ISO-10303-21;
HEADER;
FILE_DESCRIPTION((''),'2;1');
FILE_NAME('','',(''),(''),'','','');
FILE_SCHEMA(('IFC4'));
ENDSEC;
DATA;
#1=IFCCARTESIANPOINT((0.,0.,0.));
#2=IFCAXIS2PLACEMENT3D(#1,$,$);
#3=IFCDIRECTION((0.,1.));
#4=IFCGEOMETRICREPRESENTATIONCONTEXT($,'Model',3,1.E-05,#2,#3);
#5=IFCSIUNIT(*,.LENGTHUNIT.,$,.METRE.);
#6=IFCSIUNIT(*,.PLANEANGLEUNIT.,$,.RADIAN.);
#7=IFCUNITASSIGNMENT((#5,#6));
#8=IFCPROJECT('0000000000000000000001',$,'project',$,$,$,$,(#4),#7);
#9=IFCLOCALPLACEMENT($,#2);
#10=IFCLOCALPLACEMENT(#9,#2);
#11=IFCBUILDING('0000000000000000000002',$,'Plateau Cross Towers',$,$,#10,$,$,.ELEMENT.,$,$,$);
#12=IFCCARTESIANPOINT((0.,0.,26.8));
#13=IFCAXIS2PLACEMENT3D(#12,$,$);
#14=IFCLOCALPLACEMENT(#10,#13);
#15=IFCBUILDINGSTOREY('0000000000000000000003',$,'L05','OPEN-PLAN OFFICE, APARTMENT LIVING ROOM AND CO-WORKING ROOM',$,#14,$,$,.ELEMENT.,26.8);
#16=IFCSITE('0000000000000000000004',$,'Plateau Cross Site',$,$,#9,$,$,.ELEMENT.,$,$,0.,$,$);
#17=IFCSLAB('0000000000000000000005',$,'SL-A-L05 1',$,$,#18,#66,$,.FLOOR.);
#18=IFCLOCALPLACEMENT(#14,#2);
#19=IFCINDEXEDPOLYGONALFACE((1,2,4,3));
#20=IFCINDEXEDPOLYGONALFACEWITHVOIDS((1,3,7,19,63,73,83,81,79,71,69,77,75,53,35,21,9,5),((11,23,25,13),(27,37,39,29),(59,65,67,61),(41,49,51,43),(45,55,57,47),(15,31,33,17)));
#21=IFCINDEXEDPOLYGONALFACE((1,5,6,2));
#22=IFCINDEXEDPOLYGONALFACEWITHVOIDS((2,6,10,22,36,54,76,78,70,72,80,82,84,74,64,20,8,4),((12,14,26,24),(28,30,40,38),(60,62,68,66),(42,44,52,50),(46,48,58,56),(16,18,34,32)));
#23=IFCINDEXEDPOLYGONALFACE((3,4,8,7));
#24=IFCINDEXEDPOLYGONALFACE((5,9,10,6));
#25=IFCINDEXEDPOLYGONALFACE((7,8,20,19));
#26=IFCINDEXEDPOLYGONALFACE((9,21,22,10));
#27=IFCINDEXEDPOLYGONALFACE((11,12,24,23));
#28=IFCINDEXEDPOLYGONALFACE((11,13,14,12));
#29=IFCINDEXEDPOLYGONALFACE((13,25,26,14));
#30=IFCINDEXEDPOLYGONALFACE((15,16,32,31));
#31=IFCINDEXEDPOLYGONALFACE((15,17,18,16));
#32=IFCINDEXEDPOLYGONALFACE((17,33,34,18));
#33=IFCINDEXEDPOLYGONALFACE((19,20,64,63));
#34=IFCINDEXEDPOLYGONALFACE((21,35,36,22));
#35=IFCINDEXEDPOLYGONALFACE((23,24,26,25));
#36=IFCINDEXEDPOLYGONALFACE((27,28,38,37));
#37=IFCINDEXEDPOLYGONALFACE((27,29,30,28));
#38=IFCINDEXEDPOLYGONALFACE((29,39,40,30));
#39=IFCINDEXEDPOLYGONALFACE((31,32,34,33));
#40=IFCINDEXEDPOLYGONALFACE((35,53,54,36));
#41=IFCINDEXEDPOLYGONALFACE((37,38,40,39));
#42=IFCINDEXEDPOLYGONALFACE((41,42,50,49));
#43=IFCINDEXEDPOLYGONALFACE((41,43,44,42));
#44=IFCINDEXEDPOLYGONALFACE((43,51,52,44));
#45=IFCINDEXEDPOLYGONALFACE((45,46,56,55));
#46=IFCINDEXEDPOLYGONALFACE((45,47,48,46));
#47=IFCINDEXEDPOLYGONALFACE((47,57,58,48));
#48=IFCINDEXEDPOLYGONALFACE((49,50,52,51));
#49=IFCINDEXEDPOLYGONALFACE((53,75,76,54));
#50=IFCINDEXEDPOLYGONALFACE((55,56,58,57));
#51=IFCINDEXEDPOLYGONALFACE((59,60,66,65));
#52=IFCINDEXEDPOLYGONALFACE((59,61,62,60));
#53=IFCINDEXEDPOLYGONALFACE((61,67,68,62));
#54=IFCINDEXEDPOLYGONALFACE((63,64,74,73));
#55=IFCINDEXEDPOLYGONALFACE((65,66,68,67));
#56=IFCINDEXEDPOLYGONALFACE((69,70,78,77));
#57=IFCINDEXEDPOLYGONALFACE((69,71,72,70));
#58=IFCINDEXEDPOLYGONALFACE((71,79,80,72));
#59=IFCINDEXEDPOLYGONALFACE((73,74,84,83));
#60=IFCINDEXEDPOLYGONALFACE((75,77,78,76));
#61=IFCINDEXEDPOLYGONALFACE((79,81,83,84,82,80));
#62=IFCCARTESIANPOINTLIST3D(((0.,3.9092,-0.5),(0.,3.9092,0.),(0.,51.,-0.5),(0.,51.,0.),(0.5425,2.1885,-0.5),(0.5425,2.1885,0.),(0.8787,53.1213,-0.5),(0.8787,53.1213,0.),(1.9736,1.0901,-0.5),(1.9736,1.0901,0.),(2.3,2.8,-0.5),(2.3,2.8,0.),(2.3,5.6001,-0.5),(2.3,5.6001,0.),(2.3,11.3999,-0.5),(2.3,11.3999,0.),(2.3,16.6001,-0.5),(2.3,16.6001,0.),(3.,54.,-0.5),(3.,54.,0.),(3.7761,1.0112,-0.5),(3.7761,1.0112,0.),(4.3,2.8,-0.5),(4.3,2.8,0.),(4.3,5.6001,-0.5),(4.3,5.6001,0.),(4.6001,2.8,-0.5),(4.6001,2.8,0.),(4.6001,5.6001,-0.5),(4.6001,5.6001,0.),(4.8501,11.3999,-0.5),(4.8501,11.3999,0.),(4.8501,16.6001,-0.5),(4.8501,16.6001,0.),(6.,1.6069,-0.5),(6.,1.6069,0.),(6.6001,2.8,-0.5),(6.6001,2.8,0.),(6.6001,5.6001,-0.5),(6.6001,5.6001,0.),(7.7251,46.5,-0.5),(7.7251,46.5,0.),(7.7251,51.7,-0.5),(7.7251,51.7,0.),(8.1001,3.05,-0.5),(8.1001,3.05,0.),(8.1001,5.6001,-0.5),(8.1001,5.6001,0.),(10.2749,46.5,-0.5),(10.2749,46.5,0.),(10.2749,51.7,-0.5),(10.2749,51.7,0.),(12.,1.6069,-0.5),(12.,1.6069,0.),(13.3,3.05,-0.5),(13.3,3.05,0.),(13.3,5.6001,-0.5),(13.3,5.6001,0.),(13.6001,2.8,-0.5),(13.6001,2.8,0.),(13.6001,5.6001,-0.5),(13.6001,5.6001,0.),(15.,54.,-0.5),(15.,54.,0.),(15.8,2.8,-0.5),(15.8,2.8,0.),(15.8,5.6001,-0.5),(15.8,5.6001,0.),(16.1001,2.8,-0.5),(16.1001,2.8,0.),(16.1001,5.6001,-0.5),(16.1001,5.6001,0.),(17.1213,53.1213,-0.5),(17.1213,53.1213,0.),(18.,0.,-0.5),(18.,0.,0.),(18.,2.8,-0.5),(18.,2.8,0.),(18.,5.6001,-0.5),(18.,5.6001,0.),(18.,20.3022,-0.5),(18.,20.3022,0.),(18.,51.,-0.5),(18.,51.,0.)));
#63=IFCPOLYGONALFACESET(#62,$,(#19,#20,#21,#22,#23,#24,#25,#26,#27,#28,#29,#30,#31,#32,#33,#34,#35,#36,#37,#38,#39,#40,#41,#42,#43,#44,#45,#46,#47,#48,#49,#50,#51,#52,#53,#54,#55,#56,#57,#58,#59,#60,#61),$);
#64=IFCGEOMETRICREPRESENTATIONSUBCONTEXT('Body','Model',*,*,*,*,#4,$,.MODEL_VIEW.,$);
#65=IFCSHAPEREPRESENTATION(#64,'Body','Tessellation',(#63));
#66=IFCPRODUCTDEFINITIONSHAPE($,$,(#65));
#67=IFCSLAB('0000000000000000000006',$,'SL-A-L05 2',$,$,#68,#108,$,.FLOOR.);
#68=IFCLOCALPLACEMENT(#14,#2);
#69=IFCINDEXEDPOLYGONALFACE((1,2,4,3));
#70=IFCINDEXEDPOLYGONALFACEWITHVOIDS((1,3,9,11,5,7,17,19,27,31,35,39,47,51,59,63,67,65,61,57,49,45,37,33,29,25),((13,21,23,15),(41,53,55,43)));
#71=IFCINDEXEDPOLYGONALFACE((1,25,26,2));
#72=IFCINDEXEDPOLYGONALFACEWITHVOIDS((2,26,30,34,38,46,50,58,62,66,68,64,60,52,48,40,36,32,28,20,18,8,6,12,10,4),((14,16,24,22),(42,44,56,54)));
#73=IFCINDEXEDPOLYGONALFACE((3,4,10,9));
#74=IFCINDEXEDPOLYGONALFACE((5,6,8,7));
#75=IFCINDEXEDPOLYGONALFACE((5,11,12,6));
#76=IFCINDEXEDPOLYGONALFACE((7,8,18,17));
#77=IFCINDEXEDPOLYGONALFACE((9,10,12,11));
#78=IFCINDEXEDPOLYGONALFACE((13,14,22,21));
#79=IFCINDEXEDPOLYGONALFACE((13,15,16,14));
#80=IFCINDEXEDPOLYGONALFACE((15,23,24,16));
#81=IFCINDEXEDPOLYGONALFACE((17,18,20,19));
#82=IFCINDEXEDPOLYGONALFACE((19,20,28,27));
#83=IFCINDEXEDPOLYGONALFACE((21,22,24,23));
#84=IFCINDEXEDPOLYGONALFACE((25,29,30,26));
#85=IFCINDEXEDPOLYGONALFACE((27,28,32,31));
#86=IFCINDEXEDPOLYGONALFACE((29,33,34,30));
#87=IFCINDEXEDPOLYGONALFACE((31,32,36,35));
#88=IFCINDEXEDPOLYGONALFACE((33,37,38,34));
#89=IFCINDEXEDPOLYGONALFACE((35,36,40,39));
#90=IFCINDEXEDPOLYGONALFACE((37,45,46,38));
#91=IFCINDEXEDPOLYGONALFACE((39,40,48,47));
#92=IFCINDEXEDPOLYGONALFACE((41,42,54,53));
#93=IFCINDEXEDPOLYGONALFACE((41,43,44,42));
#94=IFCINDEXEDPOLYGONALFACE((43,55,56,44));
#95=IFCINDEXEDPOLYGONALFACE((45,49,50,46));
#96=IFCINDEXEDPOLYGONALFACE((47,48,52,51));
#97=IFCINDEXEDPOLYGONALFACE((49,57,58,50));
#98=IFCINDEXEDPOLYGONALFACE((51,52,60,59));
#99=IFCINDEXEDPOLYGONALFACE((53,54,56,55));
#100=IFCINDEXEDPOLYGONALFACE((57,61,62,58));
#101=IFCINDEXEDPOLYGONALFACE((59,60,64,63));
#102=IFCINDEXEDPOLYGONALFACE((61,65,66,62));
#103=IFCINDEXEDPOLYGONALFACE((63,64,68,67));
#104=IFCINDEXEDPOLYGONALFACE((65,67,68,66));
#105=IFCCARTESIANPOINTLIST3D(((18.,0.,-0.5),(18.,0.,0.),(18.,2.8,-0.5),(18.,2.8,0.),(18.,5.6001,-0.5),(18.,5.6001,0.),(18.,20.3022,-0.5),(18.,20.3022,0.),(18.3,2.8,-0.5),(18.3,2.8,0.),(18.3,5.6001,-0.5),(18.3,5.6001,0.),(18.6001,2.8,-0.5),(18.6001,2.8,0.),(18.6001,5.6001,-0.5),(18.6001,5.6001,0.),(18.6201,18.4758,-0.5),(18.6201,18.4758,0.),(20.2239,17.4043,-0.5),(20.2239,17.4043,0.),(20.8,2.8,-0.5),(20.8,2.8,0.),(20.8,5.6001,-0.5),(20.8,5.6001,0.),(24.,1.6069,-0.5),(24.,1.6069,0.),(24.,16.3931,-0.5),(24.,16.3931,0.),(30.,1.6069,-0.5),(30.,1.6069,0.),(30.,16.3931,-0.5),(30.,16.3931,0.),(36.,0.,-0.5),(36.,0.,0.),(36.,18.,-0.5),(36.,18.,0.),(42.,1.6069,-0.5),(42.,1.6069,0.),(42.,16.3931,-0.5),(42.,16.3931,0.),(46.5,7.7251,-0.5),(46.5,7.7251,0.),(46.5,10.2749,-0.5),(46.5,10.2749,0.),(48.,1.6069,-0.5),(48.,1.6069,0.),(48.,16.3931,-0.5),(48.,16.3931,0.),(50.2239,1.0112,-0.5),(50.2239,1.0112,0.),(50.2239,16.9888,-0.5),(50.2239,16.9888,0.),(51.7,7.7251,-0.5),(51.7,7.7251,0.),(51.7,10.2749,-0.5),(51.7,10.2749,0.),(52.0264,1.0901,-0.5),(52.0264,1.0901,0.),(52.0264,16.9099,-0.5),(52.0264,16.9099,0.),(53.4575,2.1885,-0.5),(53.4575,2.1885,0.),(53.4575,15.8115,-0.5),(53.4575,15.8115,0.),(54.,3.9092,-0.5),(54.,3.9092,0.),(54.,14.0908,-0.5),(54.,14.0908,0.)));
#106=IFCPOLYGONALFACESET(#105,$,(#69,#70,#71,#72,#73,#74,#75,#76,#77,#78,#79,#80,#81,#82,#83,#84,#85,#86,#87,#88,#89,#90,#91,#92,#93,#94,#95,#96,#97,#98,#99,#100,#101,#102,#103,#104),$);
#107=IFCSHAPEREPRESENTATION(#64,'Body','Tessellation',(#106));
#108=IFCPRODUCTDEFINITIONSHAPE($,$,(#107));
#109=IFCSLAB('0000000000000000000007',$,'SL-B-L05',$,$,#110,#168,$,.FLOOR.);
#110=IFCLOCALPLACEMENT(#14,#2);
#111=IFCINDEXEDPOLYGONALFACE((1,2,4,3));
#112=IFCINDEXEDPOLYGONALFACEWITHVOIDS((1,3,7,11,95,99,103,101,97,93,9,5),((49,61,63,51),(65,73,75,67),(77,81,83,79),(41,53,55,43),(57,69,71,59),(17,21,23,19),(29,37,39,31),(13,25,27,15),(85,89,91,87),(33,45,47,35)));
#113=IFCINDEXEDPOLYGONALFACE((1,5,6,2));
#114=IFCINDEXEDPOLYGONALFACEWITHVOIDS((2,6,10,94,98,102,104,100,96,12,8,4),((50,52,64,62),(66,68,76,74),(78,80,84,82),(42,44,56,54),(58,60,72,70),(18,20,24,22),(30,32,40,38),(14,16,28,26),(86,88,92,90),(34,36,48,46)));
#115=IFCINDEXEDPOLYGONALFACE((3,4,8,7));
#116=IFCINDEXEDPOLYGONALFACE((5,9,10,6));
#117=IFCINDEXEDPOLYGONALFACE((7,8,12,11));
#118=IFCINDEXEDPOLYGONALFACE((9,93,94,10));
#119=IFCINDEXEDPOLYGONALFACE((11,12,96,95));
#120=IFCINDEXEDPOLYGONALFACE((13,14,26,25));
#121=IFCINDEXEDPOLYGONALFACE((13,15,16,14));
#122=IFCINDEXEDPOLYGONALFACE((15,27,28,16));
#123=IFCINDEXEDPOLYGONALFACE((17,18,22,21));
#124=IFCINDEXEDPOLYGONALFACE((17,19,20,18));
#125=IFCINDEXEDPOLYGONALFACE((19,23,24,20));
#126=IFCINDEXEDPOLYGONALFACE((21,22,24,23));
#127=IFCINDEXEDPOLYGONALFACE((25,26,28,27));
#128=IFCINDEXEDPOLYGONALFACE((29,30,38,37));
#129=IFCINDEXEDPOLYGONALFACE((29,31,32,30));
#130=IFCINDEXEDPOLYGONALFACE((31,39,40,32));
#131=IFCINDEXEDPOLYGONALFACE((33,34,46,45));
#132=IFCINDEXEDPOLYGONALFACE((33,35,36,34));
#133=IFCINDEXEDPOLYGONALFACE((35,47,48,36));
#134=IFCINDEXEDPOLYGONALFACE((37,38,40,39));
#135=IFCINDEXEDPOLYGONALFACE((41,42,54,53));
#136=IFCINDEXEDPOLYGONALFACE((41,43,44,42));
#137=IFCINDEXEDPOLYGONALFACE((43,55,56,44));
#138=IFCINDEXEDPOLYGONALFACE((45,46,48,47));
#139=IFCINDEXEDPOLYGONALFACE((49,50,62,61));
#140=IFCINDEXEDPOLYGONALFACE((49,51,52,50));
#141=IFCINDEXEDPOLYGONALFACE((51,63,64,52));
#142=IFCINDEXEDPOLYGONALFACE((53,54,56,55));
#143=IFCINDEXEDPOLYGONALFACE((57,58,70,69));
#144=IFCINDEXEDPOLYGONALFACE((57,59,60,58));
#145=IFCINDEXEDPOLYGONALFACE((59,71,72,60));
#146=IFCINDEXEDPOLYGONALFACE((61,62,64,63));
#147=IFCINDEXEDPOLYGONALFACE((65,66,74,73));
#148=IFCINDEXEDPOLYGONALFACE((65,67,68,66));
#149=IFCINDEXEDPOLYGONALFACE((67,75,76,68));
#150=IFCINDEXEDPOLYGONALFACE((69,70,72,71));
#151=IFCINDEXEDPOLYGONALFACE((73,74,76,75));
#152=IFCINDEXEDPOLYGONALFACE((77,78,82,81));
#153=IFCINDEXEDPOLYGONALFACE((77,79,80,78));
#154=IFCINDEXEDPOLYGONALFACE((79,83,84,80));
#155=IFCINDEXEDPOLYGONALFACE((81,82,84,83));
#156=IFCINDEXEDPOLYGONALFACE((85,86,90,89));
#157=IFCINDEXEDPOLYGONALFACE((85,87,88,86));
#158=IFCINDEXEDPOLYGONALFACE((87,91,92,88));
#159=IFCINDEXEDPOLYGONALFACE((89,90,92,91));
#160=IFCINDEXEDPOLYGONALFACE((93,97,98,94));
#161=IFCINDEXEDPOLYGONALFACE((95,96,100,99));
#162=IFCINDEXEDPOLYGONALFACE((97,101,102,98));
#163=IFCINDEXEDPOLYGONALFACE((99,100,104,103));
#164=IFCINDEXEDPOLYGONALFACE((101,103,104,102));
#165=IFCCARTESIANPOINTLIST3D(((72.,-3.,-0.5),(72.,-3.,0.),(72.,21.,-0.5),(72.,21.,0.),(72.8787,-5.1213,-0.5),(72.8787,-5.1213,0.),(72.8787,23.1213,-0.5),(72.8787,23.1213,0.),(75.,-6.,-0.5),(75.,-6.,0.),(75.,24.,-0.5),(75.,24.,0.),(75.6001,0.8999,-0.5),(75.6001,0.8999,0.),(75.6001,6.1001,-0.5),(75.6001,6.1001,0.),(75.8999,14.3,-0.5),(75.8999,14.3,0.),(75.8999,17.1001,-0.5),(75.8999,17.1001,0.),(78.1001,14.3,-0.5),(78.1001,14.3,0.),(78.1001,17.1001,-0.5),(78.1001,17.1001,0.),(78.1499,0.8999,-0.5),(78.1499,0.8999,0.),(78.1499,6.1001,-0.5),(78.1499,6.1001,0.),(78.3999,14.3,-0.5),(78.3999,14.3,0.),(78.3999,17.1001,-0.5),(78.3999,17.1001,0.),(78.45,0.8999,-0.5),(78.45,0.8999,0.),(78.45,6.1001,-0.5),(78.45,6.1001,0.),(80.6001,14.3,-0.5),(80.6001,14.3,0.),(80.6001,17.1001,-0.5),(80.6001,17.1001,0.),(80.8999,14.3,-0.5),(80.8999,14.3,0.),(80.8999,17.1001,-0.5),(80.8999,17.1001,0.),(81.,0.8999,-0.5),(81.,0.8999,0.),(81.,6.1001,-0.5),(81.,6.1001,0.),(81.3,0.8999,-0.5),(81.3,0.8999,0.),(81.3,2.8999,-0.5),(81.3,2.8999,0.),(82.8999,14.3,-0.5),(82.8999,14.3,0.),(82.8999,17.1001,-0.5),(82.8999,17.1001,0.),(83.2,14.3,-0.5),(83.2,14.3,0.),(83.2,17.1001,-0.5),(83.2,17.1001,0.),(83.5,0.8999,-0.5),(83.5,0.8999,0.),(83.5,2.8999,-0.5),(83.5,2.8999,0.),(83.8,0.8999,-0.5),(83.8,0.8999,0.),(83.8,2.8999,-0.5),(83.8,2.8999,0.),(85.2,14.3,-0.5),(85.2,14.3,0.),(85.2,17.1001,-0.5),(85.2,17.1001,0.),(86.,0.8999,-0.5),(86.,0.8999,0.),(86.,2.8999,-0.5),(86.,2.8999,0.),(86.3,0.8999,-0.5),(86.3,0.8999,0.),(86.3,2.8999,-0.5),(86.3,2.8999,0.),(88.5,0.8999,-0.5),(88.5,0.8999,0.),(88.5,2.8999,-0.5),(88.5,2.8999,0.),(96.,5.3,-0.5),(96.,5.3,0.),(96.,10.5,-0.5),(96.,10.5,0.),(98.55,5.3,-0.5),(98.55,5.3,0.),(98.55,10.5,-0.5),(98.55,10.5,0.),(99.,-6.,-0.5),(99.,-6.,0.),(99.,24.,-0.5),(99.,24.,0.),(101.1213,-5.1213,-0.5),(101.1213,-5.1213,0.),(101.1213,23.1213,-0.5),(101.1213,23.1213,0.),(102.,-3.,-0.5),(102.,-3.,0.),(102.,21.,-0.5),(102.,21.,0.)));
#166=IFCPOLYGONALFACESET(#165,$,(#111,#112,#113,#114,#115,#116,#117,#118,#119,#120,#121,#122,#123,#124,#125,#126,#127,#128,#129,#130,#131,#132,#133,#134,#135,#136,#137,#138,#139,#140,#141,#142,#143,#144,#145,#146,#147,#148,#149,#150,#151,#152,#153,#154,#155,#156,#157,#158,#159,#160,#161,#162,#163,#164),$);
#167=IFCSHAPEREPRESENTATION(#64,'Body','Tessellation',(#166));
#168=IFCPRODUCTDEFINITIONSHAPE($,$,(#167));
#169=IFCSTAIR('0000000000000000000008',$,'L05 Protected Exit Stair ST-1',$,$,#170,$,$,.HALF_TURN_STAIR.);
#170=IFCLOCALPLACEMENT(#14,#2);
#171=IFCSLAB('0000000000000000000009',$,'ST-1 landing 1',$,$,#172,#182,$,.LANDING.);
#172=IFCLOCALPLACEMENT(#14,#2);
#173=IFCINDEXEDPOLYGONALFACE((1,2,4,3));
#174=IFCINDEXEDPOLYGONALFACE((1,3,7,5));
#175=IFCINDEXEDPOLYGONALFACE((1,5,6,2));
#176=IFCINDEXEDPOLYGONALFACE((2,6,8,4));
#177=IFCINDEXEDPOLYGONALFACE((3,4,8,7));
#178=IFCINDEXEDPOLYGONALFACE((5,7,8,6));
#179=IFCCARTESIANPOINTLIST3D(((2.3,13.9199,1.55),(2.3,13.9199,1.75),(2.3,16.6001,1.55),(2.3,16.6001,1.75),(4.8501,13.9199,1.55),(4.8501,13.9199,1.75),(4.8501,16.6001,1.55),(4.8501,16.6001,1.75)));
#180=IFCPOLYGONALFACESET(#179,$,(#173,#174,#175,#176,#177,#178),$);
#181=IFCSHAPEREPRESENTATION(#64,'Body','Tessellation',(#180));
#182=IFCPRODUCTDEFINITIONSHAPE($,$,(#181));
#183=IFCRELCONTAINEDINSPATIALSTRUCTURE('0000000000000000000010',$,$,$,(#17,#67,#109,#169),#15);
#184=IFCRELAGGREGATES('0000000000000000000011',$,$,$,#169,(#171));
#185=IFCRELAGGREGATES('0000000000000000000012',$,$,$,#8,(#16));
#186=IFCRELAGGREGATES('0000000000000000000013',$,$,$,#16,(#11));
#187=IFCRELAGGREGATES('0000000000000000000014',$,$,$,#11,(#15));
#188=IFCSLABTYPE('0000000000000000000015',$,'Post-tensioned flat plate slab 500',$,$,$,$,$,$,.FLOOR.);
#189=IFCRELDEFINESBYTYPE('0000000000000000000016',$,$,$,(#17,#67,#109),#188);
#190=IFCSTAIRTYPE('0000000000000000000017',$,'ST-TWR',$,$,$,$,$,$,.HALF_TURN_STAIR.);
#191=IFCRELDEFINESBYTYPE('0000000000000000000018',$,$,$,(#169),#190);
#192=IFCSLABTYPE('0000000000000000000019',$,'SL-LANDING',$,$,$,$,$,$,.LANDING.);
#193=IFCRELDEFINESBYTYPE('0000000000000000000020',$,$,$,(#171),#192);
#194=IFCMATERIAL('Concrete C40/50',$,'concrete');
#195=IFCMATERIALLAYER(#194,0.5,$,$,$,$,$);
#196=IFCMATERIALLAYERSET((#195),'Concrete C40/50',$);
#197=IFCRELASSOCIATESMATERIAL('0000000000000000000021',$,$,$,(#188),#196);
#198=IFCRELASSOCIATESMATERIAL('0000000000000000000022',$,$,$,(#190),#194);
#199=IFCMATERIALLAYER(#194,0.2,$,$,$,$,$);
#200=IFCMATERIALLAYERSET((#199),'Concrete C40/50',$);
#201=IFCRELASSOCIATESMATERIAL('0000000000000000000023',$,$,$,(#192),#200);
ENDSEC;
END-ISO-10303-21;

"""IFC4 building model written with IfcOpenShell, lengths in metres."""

from ifc_helpers import new_model, si_unit, direction, frame, origin, place, context, subcontext, project, spatial, polyline, outline, extrude, material, layer, layer_set, type_object, element, aggregate, save


model = new_model("IFC4")

# Units and contexts
model_context = context("Model", 3, precision=1e-05, world=origin(), true_north=direction((0.0, 1.0)))
body_context = subcontext(model_context, "Body", "Model", "MODEL_VIEW")
ifc_project = project(units=[si_unit("LENGTHUNIT", "METRE"), si_unit("PLANEANGLEUNIT", "RADIAN")], contexts=[model_context])

# Site, building, storey
site_placement = place(None, origin())
site = spatial("IfcSite", under=ifc_project, at=site_placement, Name="Plateau Cross Site", CompositionType="ELEMENT", RefElevation=0.0)
building_placement = place(site_placement, origin())
building = spatial("IfcBuilding", under=site, at=building_placement, Name="Plateau Cross Towers", CompositionType="ELEMENT")
storey_placement = place(building_placement, frame((0.0, 0.0, 26.8)))
storey = spatial("IfcBuildingStorey", under=building, at=storey_placement, Name="L05", Description="OPEN-PLAN OFFICE, APARTMENT LIVING ROOM AND CO-WORKING ROOM", CompositionType="ELEMENT", Elevation=26.8)

# Slabs
ifc_material_1 = material(Name="Concrete C40/50", Category="concrete")
ifc_layer_1 = layer(ifc_material_1, 0.5)
ifc_layer_set_1 = layer_set([ifc_layer_1], Name="Concrete C40/50")
slab_type_1 = type_object("IfcSlabType", Name="Post-tensioned flat plate slab 500", PredefinedType="FLOOR", material=ifc_layer_set_1)
slab_1_placement = place(storey_placement, frame((0.0, 0.0, -0.5)))
element("IfcSlab", 1, at=slab_1_placement, inside=storey, type_object=slab_type_1, Name="SL-A-L05 1", PredefinedType="FLOOR", context=body_context, shape_type="SweptSolid", body=[
    extrude(outline(polyline([(0.5425, 2.1885), (0.0, 3.9092), (0.0, 51.0), (0.8787, 53.1213), (3.0, 54.0), (15.0, 54.0), (17.1213, 53.1213), (18.0, 51.0), (18.0, 20.3022), (18.0, 5.6001), (16.1001, 5.6001), (16.1001, 2.8), (18.0, 2.8), (18.0, 0.0), (12.0, 1.6069), (6.0, 1.6069), (3.7761, 1.0112), (1.9736, 1.0901), (0.5425, 2.1885)]), holes=[polyline([(4.3, 5.6001), (2.3, 5.6001), (2.3, 2.8), (4.3, 2.8), (4.3, 5.6001)]), polyline([(6.6001, 5.6001), (4.6001, 5.6001), (4.6001, 2.8), (6.6001, 2.8), (6.6001, 5.6001)]), polyline([(15.8, 5.6001), (13.6001, 5.6001), (13.6001, 2.8), (15.8, 2.8), (15.8, 5.6001)]), polyline([(13.3, 5.6001), (8.1001, 5.6001), (8.1001, 3.05), (13.3, 3.05), (13.3, 5.6001)]), polyline([(4.8501, 16.6001), (2.3, 16.6001), (2.3, 11.3999), (4.8501, 11.3999), (4.8501, 16.6001)]), polyline([(7.7251, 51.7), (7.7251, 46.5), (10.2749, 46.5), (10.2749, 51.7), (7.7251, 51.7)])]), origin(), (0.0, 0.0, 1.0), 0.5),
])
slab_2_placement = place(storey_placement, frame((0.0, 0.0, -0.5)))
element("IfcSlab", 2, at=slab_2_placement, inside=storey, type_object=slab_type_1, Name="SL-A-L05 2", PredefinedType="FLOOR", context=body_context, shape_type="SweptSolid", body=[
    extrude(outline(polyline([(18.6201, 18.4758), (20.2239, 17.4043), (24.0, 16.3931), (30.0, 16.3931), (36.0, 18.0), (42.0, 16.3931), (48.0, 16.3931), (50.2239, 16.9888), (52.0264, 16.9099), (53.4575, 15.8115), (54.0, 14.0908), (54.0, 3.9092), (53.4575, 2.1885), (52.0264, 1.0901), (50.2239, 1.0112), (48.0, 1.6069), (42.0, 1.6069), (36.0, 0.0), (30.0, 1.6069), (24.0, 1.6069), (18.0, 0.0), (18.0, 2.8), (18.3, 2.8), (18.3, 5.6001), (18.0, 5.6001), (18.0, 20.3022), (18.6201, 18.4758)]), holes=[polyline([(20.8, 5.6001), (18.6001, 5.6001), (18.6001, 2.8), (20.8, 2.8), (20.8, 5.6001)]), polyline([(51.7, 7.7251), (51.7, 10.2749), (46.5, 10.2749), (46.5, 7.7251), (51.7, 7.7251)])]), origin(), (0.0, 0.0, 1.0), 0.5),
])
slab_3_placement = place(storey_placement, frame((0.0, 0.0, -0.5)))
element("IfcSlab", 3, at=slab_3_placement, inside=storey, type_object=slab_type_1, Name="SL-B-L05", PredefinedType="FLOOR", context=body_context, shape_type="SweptSolid", body=[
    extrude(outline(polyline([(72.8787, -5.1213), (72.0, -3.0), (72.0, 21.0), (72.8787, 23.1213), (75.0, 24.0), (99.0, 24.0), (101.1213, 23.1213), (102.0, 21.0), (102.0, -3.0), (101.1213, -5.1213), (99.0, -6.0), (75.0, -6.0), (72.8787, -5.1213)]), holes=[polyline([(75.6001, 0.8999), (78.1499, 0.8999), (78.1499, 6.1001), (75.6001, 6.1001), (75.6001, 0.8999)]), polyline([(78.1001, 14.3), (78.1001, 17.1001), (75.8999, 17.1001), (75.8999, 14.3), (78.1001, 14.3)]), polyline([(83.5, 0.8999), (83.5, 2.8999), (81.3, 2.8999), (81.3, 0.8999), (83.5, 0.8999)]), polyline([(86.0, 0.8999), (86.0, 2.8999), (83.8, 2.8999), (83.8, 0.8999), (86.0, 0.8999)]), polyline([(88.5, 0.8999), (88.5, 2.8999), (86.3, 2.8999), (86.3, 0.8999), (88.5, 0.8999)]), polyline([(78.45, 0.8999), (81.0, 0.8999), (81.0, 6.1001), (78.45, 6.1001), (78.45, 0.8999)]), polyline([(96.0, 5.3), (98.55, 5.3), (98.55, 10.5), (96.0, 10.5), (96.0, 5.3)]), polyline([(80.6001, 14.3), (80.6001, 17.1001), (78.3999, 17.1001), (78.3999, 14.3), (80.6001, 14.3)]), polyline([(80.8999, 14.3), (82.8999, 14.3), (82.8999, 17.1001), (80.8999, 17.1001), (80.8999, 14.3)]), polyline([(83.2, 14.3), (85.2, 14.3), (85.2, 17.1001), (83.2, 17.1001), (83.2, 14.3)])]), origin(), (0.0, 0.0, 1.0), 0.5),
])

# Stair, slab
stair_type = type_object("IfcStairType", Name="ST-TWR", PredefinedType="HALF_TURN_STAIR", material=ifc_material_1)
stair_placement = place(storey_placement, origin())
stair = element("IfcStair", 4, at=stair_placement, inside=storey, type_object=stair_type, Name="L05 Protected Exit Stair ST-1", PredefinedType="HALF_TURN_STAIR")
ifc_layer_2 = layer(ifc_material_1, 0.2)
ifc_layer_set_2 = layer_set([ifc_layer_2], Name="Concrete C40/50")
slab_type_2 = type_object("IfcSlabType", Name="SL-LANDING", PredefinedType="LANDING", material=ifc_layer_set_2)
slab_4_placement = place(storey_placement, frame((0.0, 0.0, 1.55)))
slab_4 = element("IfcSlab", 5, at=slab_4_placement, type_object=slab_type_2, Name="ST-1 landing 1", PredefinedType="LANDING", context=body_context, shape_type="SweptSolid", body=[
    extrude(outline(polyline([(4.8501, 13.9199), (4.8501, 16.6001), (2.3, 16.6001), (2.3, 13.9199), (4.8501, 13.9199)])), origin(), (0.0, 0.0, 1.0), 0.2),
])
aggregate(stair, [slab_4])

save(model, "model.ifc")
